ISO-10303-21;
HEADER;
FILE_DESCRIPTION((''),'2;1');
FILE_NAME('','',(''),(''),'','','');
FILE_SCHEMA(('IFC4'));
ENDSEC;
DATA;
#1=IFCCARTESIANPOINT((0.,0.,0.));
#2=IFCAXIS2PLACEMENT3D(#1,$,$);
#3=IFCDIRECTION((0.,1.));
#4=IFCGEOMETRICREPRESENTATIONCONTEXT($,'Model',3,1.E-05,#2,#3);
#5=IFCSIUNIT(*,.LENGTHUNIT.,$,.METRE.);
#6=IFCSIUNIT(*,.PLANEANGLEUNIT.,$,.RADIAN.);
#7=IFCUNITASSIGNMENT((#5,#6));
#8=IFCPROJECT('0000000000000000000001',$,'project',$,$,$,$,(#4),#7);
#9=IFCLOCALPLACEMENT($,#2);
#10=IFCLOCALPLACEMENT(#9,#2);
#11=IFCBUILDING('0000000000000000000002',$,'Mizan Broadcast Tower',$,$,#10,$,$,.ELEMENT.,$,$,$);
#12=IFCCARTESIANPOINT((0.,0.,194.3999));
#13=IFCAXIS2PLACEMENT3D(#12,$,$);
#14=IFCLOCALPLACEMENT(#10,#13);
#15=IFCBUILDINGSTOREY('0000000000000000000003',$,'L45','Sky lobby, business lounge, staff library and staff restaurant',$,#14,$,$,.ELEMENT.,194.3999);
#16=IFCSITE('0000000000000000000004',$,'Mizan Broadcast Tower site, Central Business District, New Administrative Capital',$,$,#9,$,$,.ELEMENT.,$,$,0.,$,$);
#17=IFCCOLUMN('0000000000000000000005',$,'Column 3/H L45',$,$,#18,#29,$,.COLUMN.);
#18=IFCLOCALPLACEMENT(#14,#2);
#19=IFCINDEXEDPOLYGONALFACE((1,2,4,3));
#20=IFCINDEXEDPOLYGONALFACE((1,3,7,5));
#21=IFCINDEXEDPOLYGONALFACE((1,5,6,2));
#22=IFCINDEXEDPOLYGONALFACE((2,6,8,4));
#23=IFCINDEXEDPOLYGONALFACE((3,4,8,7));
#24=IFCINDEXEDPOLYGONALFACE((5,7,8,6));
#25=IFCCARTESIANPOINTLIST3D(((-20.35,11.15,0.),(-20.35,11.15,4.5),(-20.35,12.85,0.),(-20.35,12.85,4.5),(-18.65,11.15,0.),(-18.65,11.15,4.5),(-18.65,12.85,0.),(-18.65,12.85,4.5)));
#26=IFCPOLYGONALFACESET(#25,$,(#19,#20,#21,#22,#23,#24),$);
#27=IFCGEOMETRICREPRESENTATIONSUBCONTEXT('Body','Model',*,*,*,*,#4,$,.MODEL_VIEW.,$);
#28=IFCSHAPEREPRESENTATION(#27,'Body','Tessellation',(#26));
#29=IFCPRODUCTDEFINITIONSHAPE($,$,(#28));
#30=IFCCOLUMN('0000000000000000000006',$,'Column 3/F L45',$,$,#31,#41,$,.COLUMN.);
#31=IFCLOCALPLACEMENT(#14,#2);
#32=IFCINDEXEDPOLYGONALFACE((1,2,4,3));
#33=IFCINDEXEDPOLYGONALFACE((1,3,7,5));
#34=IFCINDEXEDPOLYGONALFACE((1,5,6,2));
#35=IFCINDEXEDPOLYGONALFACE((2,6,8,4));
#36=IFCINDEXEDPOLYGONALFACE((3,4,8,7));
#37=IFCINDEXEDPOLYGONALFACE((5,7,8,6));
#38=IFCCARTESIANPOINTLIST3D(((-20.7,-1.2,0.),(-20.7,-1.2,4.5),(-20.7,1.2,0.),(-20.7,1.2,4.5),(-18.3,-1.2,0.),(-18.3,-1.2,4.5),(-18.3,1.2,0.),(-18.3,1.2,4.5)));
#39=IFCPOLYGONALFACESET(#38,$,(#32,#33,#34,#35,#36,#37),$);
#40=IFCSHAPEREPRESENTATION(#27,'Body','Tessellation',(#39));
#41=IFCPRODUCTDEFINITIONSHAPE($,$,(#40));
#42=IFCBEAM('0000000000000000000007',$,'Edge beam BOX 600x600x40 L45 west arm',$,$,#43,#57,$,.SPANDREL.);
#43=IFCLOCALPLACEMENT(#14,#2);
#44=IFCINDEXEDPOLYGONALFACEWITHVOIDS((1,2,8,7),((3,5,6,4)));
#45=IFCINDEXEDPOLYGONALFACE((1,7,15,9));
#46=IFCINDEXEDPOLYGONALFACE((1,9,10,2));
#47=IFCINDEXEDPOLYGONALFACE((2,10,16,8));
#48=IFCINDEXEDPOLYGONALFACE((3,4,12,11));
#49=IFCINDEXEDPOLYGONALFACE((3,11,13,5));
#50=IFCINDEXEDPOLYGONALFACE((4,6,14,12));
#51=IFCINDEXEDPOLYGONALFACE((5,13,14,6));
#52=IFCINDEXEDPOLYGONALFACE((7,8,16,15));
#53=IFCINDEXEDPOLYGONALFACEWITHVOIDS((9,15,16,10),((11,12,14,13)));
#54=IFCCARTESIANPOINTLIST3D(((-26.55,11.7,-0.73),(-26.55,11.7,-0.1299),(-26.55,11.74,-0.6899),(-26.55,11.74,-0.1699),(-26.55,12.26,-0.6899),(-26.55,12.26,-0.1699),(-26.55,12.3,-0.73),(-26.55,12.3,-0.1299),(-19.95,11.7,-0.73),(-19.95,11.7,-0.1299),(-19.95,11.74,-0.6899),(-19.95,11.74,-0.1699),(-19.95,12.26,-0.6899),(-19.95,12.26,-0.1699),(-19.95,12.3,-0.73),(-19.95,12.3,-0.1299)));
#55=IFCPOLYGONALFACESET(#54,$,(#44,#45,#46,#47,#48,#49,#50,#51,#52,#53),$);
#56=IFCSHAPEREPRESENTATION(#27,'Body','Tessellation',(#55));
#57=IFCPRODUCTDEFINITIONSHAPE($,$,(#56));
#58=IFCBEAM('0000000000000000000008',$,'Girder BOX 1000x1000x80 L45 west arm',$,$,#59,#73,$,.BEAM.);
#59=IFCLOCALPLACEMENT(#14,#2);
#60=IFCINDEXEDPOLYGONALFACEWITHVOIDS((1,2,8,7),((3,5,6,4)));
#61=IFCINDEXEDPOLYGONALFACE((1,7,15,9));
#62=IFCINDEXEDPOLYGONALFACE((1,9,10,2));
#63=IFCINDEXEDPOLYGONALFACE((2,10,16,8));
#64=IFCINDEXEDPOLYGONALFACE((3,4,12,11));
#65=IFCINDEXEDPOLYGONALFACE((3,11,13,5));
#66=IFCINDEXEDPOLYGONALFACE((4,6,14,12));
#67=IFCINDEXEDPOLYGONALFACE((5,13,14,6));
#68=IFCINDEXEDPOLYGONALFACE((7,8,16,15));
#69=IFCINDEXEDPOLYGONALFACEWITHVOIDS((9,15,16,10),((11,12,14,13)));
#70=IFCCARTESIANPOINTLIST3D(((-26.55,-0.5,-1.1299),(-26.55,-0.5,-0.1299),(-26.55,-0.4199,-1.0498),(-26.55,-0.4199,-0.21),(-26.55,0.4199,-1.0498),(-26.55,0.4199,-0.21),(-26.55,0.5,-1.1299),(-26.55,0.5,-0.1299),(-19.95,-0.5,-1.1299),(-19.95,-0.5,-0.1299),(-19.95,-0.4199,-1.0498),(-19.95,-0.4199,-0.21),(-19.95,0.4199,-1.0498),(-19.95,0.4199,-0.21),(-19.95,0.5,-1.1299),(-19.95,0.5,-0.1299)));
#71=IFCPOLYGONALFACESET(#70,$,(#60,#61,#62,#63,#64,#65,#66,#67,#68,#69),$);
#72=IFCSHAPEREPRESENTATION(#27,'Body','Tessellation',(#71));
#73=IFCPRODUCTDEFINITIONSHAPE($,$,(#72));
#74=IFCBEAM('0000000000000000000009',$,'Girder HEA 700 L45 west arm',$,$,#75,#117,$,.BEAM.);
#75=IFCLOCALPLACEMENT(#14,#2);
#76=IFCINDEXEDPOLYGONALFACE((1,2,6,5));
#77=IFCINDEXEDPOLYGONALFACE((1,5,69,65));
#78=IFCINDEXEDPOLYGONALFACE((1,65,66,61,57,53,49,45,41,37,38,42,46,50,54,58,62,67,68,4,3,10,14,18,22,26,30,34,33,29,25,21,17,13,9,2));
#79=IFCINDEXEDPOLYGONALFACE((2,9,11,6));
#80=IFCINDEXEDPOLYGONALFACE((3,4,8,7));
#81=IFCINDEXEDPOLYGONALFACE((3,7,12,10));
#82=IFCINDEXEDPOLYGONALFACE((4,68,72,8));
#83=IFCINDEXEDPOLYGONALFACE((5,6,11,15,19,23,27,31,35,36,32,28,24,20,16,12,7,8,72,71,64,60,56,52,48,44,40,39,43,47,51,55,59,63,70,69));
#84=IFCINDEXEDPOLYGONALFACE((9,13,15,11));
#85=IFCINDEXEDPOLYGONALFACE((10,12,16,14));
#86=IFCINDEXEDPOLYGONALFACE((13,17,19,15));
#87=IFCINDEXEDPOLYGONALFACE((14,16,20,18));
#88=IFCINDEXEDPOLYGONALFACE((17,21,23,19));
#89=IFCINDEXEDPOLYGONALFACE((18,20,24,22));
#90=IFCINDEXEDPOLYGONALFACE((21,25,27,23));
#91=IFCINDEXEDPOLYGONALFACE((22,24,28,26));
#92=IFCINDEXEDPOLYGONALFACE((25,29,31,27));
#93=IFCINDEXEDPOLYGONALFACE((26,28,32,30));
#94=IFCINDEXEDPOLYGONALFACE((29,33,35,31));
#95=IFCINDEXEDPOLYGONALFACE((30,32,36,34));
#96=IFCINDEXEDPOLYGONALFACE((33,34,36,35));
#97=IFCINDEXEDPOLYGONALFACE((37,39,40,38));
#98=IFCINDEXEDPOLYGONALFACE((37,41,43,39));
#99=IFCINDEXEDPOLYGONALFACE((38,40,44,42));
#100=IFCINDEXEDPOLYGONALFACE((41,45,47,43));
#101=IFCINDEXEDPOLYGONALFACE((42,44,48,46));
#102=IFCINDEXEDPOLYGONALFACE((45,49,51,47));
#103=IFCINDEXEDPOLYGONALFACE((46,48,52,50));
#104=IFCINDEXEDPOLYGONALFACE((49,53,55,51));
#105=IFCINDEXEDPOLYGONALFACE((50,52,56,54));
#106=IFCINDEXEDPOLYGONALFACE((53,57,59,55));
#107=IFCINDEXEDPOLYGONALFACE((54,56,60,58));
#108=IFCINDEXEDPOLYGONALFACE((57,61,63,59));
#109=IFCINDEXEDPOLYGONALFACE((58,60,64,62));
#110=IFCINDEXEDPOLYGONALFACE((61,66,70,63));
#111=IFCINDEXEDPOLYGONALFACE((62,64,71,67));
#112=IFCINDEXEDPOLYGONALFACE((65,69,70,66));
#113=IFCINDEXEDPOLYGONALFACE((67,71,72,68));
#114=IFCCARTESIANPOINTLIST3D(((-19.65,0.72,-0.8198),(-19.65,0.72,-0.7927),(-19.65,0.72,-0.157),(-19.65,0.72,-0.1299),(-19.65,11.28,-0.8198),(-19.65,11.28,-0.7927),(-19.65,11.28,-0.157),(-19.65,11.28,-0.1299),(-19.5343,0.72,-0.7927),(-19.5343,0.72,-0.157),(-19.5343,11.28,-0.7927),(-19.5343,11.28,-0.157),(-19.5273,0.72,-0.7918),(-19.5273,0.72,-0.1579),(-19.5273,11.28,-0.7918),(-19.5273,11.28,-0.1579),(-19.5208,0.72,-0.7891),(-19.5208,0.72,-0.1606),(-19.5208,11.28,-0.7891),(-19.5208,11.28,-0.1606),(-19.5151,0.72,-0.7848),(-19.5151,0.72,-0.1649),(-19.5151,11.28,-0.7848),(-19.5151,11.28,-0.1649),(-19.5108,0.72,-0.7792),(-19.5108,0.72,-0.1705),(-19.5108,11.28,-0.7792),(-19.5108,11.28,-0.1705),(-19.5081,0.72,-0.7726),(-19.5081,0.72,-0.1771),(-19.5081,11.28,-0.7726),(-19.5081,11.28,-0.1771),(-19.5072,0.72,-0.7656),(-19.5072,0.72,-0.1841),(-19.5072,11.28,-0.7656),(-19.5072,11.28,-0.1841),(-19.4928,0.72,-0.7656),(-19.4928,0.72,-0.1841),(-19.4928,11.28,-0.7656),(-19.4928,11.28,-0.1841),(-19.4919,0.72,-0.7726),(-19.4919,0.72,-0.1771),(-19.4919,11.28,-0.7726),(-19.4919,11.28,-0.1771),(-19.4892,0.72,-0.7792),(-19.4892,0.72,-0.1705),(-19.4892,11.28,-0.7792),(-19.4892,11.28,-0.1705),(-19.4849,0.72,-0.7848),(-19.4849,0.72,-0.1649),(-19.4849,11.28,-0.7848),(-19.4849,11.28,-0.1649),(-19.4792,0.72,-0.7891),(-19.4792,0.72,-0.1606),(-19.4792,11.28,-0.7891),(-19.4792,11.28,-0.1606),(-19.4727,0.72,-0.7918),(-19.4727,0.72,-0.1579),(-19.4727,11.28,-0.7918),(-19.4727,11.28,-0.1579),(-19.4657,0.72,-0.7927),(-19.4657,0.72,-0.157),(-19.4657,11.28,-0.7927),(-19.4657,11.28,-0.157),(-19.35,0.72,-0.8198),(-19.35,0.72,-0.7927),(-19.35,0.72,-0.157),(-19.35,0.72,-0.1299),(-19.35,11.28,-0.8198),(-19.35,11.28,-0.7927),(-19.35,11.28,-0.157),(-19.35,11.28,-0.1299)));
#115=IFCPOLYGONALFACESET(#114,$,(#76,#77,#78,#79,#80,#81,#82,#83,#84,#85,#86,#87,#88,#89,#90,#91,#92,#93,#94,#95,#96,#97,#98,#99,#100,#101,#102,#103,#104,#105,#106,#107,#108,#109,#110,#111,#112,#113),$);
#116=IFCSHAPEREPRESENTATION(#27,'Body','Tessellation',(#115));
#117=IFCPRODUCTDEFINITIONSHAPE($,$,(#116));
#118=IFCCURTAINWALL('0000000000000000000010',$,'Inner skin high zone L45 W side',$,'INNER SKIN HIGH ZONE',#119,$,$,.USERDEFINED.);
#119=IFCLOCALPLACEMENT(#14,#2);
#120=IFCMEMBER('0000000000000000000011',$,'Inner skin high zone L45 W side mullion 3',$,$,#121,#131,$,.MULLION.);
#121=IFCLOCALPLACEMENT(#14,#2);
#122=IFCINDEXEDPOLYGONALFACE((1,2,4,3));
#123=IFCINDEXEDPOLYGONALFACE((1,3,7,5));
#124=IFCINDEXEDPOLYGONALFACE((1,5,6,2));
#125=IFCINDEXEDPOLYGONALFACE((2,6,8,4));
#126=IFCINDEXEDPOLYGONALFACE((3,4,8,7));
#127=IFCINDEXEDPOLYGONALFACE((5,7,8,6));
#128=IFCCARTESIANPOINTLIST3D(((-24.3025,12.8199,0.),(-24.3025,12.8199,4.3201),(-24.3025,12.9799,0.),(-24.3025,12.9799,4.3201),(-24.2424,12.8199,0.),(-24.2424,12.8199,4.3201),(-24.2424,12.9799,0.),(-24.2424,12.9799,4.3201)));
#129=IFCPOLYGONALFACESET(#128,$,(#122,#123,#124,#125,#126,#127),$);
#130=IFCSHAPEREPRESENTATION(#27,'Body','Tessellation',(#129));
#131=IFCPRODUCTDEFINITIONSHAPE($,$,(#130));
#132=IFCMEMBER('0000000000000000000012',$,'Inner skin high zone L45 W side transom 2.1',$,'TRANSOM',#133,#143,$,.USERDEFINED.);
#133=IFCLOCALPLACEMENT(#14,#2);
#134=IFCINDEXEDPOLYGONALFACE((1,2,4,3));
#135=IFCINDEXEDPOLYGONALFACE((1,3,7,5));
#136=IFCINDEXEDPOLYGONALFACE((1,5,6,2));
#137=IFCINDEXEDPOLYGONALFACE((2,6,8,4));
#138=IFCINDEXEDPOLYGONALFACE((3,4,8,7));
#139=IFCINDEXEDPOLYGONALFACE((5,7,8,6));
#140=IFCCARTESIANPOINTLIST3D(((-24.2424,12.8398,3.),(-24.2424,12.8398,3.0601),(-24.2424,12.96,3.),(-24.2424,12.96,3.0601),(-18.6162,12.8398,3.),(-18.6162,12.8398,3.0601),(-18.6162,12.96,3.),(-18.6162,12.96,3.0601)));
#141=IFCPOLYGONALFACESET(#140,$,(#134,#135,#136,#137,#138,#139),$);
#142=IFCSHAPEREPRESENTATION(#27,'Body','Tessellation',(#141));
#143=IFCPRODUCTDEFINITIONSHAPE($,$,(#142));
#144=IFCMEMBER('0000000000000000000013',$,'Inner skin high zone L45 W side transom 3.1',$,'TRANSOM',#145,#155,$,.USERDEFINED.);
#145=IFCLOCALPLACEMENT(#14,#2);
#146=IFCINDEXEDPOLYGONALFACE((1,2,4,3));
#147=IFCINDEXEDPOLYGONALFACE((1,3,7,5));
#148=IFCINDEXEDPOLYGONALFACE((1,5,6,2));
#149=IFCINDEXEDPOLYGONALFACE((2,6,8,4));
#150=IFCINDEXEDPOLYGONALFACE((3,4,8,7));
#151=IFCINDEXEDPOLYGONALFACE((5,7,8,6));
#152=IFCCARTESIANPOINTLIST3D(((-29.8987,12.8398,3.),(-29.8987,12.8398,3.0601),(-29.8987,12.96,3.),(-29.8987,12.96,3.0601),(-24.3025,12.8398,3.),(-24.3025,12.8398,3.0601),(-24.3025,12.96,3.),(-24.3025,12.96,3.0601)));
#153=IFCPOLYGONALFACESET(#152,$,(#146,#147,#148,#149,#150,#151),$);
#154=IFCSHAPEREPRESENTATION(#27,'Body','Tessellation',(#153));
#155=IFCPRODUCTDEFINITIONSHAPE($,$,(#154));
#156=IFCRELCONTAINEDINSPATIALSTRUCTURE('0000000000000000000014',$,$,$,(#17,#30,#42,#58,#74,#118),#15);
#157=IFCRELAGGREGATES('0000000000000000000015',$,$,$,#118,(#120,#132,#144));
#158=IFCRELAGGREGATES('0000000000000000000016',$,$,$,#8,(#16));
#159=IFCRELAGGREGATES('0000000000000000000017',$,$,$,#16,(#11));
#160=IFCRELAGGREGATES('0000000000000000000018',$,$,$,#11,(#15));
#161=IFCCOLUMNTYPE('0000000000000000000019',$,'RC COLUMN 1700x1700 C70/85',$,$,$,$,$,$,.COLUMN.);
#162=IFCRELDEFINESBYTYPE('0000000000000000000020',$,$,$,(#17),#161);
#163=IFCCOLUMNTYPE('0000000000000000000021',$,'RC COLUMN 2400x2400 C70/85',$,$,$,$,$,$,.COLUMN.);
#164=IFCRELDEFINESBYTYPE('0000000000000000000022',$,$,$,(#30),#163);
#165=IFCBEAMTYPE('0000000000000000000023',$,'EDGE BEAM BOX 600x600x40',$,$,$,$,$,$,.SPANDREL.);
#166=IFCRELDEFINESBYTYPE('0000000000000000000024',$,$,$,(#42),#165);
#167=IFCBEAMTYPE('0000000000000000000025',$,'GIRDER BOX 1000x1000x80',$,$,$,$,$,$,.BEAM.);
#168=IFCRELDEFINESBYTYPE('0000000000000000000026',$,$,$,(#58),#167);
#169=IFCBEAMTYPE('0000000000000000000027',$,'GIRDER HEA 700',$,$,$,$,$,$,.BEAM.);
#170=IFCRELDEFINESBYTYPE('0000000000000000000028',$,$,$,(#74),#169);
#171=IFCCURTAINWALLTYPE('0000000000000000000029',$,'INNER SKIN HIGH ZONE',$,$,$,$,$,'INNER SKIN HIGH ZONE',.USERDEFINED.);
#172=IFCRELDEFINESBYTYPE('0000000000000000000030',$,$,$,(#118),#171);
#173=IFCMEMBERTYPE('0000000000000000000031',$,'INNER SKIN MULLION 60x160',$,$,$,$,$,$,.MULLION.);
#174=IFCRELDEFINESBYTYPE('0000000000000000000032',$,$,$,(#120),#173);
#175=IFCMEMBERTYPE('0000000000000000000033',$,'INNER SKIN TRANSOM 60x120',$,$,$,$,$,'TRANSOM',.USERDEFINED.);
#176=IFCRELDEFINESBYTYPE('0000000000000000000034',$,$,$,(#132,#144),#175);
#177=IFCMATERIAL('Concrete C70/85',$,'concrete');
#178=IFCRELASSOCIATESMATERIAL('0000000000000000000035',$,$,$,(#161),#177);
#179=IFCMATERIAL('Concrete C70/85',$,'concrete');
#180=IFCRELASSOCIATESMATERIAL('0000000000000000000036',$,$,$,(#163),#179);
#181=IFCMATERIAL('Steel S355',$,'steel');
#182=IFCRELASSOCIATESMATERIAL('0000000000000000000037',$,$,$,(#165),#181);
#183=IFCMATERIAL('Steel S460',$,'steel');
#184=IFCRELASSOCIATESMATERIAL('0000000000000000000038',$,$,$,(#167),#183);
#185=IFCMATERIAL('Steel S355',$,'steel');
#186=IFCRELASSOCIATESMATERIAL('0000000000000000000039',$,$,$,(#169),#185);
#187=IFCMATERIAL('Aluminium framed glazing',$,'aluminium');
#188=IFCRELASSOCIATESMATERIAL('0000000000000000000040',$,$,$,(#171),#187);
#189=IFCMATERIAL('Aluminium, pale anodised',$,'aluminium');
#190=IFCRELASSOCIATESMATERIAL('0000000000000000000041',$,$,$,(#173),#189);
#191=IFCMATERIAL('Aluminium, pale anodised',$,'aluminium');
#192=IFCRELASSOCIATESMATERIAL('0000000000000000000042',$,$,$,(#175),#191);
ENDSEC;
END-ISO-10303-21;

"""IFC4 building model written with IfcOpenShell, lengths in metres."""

from ifc_helpers import new_model, si_unit, direction, frame, origin, origin_2d, place, context, subcontext, project, spatial, rectangle, hollow_rectangle, i_section, extrude, material, material_profile, profile_set, type_object, element, aggregate, save


model = new_model("IFC4")

# Units and contexts
model_context = context("Model", 3, precision=1e-05, world=origin(), true_north=direction((0.0, 1.0)))
body_context = subcontext(model_context, "Body", "Model", "MODEL_VIEW")
ifc_project = project(units=[si_unit("LENGTHUNIT", "METRE"), si_unit("PLANEANGLEUNIT", "RADIAN")], contexts=[model_context])

# Site, building, storey
site_placement = place(None, origin())
site = spatial("IfcSite", under=ifc_project, at=site_placement, Name="Mizan Broadcast Tower site, Central Business District, New Administrative Capital", CompositionType="ELEMENT", RefElevation=0.0)
building_placement = place(site_placement, origin())
building = spatial("IfcBuilding", under=site, at=building_placement, Name="Mizan Broadcast Tower", CompositionType="ELEMENT")
storey_placement = place(building_placement, frame((0.0, 0.0, 194.3999)))
storey = spatial("IfcBuildingStorey", under=building, at=storey_placement, Name="L45", Description="Sky lobby, business lounge, staff library and staff restaurant", CompositionType="ELEMENT", Elevation=194.3999)

# Columns
ifc_material_1 = material(Name="Concrete C70/85", Category="concrete")
ifc_material_profile_1 = material_profile(ifc_material_1, rectangle(XDim=1.7, YDim=1.7, at=origin_2d()), Name="RC 1700x1700")
ifc_profile_set_1 = profile_set([ifc_material_profile_1], Name="Concrete C70/85")
column_type_1 = type_object("IfcColumnType", Name="RC COLUMN 1700x1700 C70/85", PredefinedType="COLUMN", material=ifc_profile_set_1)
column_1_placement = place(storey_placement, frame((-19.5, 12.0, 0.0), z_axis=(0.0, 0.0, 1.0), x_axis=(1.0, 0.0, 0.0)))
element("IfcColumn", 1, at=column_1_placement, inside=storey, type_object=column_type_1, Name="Column 3/H L45", PredefinedType="COLUMN", context=body_context, shape_type="SweptSolid", body=[
    extrude(rectangle(XDim=1.7, YDim=1.7, at=origin_2d()), origin(), (0.0, 0.0, 1.0), 4.5),
])
ifc_material_2 = material(Name="Concrete C70/85", Category="concrete")
ifc_material_profile_2 = material_profile(ifc_material_2, rectangle(XDim=2.3999, YDim=2.3999, at=origin_2d()), Name="RC 2400x2400")
ifc_profile_set_2 = profile_set([ifc_material_profile_2], Name="Concrete C70/85")
column_type_2 = type_object("IfcColumnType", Name="RC COLUMN 2400x2400 C70/85", PredefinedType="COLUMN", material=ifc_profile_set_2)
column_2_placement = place(storey_placement, frame((-19.5, 0.0, 0.0), z_axis=(0.0, 0.0, 1.0), x_axis=(1.0, 0.0, 0.0)))
element("IfcColumn", 2, at=column_2_placement, inside=storey, type_object=column_type_2, Name="Column 3/F L45", PredefinedType="COLUMN", context=body_context, shape_type="SweptSolid", body=[
    extrude(rectangle(XDim=2.3999, YDim=2.3999, at=origin_2d()), origin(), (0.0, 0.0, 1.0), 4.5),
])

# Beams
ifc_material_3 = material(Name="Steel S355", Category="steel")
ifc_material_profile_3 = material_profile(ifc_material_3, hollow_rectangle(XDim=0.6001, YDim=0.6001, WallThickness=0.04, at=origin_2d()), Name="BOX 600x600x40")
ifc_profile_set_3 = profile_set([ifc_material_profile_3], Name="Steel S355")
beam_type_1 = type_object("IfcBeamType", Name="EDGE BEAM BOX 600x600x40", PredefinedType="SPANDREL", material=ifc_profile_set_3)
beam_1_placement = place(storey_placement, frame((-19.95, 12.0, -0.4299), z_axis=(-1.0, 0.0, 0.0), x_axis=(0.0, -1.0, 0.0)))
element("IfcBeam", 3, at=beam_1_placement, inside=storey, type_object=beam_type_1, Name="Edge beam BOX 600x600x40 L45 west arm", PredefinedType="SPANDREL", context=body_context, shape_type="SweptSolid", body=[
    extrude(hollow_rectangle(XDim=0.6001, YDim=0.6001, WallThickness=0.04, at=origin_2d()), origin(), (0.0, 0.0, 1.0), 6.6001),
])
ifc_material_4 = material(Name="Steel S460", Category="steel")
ifc_material_profile_4 = material_profile(ifc_material_4, hollow_rectangle(XDim=1.0, YDim=1.0, WallThickness=0.0801, at=origin_2d()), Name="BOX 1000x1000x80")
ifc_profile_set_4 = profile_set([ifc_material_profile_4], Name="Steel S460")
beam_type_2 = type_object("IfcBeamType", Name="GIRDER BOX 1000x1000x80", PredefinedType="BEAM", material=ifc_profile_set_4)
beam_2_placement = place(storey_placement, frame((-19.95, 0.0, -0.6299), z_axis=(-1.0, 0.0, 0.0), x_axis=(0.0, -1.0, 0.0)))
element("IfcBeam", 4, at=beam_2_placement, inside=storey, type_object=beam_type_2, Name="Girder BOX 1000x1000x80 L45 west arm", PredefinedType="BEAM", context=body_context, shape_type="SweptSolid", body=[
    extrude(hollow_rectangle(XDim=1.0, YDim=1.0, WallThickness=0.0801, at=origin_2d()), origin(), (0.0, 0.0, 1.0), 6.6001),
])
ifc_material_5 = material(Name="Steel S355", Category="steel")
ifc_material_profile_5 = material_profile(ifc_material_5, i_section(OverallWidth=0.3, OverallDepth=0.6899, WebThickness=0.0144, FlangeThickness=0.0271, FilletRadius=0.0271, at=origin_2d()), Name="HEA 700")
ifc_profile_set_5 = profile_set([ifc_material_profile_5], Name="Steel S355")
beam_type_3 = type_object("IfcBeamType", Name="GIRDER HEA 700", PredefinedType="BEAM", material=ifc_profile_set_5)
beam_3_placement = place(storey_placement, frame((-19.5, 11.28, -0.4749), z_axis=(0.0, -1.0, 0.0), x_axis=(1.0, 0.0, 0.0)))
element("IfcBeam", 5, at=beam_3_placement, inside=storey, type_object=beam_type_3, Name="Girder HEA 700 L45 west arm", PredefinedType="BEAM", context=body_context, shape_type="SweptSolid", body=[
    extrude(i_section(OverallWidth=0.3, OverallDepth=0.6899, WebThickness=0.0144, FlangeThickness=0.0271, FilletRadius=0.0271, at=origin_2d()), origin(), (0.0, 0.0, 1.0), 10.5601),
])

# Curtain wall, members
ifc_material_6 = material(Name="Aluminium framed glazing", Category="aluminium")
curtain_wall_type = type_object("IfcCurtainWallType", Name="INNER SKIN HIGH ZONE", ElementType="INNER SKIN HIGH ZONE", PredefinedType="USERDEFINED", material=ifc_material_6)
curtain_wall_placement = place(storey_placement, origin())
curtain_wall = element("IfcCurtainWall", 6, at=curtain_wall_placement, inside=storey, type_object=curtain_wall_type, Name="Inner skin high zone L45 W side", ObjectType="INNER SKIN HIGH ZONE", PredefinedType="USERDEFINED")
ifc_material_7 = material(Name="Aluminium, pale anodised", Category="aluminium")
ifc_material_profile_6 = material_profile(ifc_material_7, rectangle(XDim=0.1599, YDim=0.0601, at=origin_2d()), Name="MULLION 160x60")
ifc_profile_set_6 = profile_set([ifc_material_profile_6], Name="Aluminium, pale anodised")
member_type_1 = type_object("IfcMemberType", Name="INNER SKIN MULLION 60x160", PredefinedType="MULLION", material=ifc_profile_set_6)
member_1_placement = place(storey_placement, frame((-24.2725, 12.8999, 0.0), z_axis=(0.0, 0.0, 1.0), x_axis=(0.0, -1.0, 0.0)))
member_1 = element("IfcMember", 7, at=member_1_placement, type_object=member_type_1, Name="Inner skin high zone L45 W side mullion 3", PredefinedType="MULLION", context=body_context, shape_type="SweptSolid", body=[
    extrude(rectangle(XDim=0.1599, YDim=0.0601, at=origin_2d()), origin(), (0.0, 0.0, 1.0), 4.3201),
])
ifc_material_8 = material(Name="Aluminium, pale anodised", Category="aluminium")
ifc_material_profile_7 = material_profile(ifc_material_8, rectangle(XDim=0.1201, YDim=0.0601, at=origin_2d()), Name="TRANSOM 120x60")
ifc_profile_set_7 = profile_set([ifc_material_profile_7], Name="Aluminium, pale anodised")
member_type_2 = type_object("IfcMemberType", Name="INNER SKIN TRANSOM 60x120", ElementType="TRANSOM", PredefinedType="USERDEFINED", material=ifc_profile_set_7)
member_2_placement = place(storey_placement, frame((-18.6162, 12.8999, 3.03), z_axis=(-1.0, 0.0, 0.0), x_axis=(0.0, -1.0, 0.0)))
member_2 = element("IfcMember", 8, at=member_2_placement, type_object=member_type_2, Name="Inner skin high zone L45 W side transom 2.1", ObjectType="TRANSOM", PredefinedType="USERDEFINED", context=body_context, shape_type="SweptSolid", body=[
    extrude(rectangle(XDim=0.1201, YDim=0.0601, at=origin_2d()), origin(), (0.0, 0.0, 1.0), 5.6262),
])
member_3_placement = place(storey_placement, frame((-24.3025, 12.8999, 3.03), z_axis=(-1.0, 0.0, 0.0), x_axis=(0.0, -1.0, 0.0)))
member_3 = element("IfcMember", 9, at=member_3_placement, type_object=member_type_2, Name="Inner skin high zone L45 W side transom 3.1", ObjectType="TRANSOM", PredefinedType="USERDEFINED", context=body_context, shape_type="SweptSolid", body=[
    extrude(rectangle(XDim=0.1201, YDim=0.0601, at=origin_2d()), origin(), (0.0, 0.0, 1.0), 5.5962),
])

aggregate(curtain_wall, [member_1, member_2, member_3])

save(model, "model.ifc")
